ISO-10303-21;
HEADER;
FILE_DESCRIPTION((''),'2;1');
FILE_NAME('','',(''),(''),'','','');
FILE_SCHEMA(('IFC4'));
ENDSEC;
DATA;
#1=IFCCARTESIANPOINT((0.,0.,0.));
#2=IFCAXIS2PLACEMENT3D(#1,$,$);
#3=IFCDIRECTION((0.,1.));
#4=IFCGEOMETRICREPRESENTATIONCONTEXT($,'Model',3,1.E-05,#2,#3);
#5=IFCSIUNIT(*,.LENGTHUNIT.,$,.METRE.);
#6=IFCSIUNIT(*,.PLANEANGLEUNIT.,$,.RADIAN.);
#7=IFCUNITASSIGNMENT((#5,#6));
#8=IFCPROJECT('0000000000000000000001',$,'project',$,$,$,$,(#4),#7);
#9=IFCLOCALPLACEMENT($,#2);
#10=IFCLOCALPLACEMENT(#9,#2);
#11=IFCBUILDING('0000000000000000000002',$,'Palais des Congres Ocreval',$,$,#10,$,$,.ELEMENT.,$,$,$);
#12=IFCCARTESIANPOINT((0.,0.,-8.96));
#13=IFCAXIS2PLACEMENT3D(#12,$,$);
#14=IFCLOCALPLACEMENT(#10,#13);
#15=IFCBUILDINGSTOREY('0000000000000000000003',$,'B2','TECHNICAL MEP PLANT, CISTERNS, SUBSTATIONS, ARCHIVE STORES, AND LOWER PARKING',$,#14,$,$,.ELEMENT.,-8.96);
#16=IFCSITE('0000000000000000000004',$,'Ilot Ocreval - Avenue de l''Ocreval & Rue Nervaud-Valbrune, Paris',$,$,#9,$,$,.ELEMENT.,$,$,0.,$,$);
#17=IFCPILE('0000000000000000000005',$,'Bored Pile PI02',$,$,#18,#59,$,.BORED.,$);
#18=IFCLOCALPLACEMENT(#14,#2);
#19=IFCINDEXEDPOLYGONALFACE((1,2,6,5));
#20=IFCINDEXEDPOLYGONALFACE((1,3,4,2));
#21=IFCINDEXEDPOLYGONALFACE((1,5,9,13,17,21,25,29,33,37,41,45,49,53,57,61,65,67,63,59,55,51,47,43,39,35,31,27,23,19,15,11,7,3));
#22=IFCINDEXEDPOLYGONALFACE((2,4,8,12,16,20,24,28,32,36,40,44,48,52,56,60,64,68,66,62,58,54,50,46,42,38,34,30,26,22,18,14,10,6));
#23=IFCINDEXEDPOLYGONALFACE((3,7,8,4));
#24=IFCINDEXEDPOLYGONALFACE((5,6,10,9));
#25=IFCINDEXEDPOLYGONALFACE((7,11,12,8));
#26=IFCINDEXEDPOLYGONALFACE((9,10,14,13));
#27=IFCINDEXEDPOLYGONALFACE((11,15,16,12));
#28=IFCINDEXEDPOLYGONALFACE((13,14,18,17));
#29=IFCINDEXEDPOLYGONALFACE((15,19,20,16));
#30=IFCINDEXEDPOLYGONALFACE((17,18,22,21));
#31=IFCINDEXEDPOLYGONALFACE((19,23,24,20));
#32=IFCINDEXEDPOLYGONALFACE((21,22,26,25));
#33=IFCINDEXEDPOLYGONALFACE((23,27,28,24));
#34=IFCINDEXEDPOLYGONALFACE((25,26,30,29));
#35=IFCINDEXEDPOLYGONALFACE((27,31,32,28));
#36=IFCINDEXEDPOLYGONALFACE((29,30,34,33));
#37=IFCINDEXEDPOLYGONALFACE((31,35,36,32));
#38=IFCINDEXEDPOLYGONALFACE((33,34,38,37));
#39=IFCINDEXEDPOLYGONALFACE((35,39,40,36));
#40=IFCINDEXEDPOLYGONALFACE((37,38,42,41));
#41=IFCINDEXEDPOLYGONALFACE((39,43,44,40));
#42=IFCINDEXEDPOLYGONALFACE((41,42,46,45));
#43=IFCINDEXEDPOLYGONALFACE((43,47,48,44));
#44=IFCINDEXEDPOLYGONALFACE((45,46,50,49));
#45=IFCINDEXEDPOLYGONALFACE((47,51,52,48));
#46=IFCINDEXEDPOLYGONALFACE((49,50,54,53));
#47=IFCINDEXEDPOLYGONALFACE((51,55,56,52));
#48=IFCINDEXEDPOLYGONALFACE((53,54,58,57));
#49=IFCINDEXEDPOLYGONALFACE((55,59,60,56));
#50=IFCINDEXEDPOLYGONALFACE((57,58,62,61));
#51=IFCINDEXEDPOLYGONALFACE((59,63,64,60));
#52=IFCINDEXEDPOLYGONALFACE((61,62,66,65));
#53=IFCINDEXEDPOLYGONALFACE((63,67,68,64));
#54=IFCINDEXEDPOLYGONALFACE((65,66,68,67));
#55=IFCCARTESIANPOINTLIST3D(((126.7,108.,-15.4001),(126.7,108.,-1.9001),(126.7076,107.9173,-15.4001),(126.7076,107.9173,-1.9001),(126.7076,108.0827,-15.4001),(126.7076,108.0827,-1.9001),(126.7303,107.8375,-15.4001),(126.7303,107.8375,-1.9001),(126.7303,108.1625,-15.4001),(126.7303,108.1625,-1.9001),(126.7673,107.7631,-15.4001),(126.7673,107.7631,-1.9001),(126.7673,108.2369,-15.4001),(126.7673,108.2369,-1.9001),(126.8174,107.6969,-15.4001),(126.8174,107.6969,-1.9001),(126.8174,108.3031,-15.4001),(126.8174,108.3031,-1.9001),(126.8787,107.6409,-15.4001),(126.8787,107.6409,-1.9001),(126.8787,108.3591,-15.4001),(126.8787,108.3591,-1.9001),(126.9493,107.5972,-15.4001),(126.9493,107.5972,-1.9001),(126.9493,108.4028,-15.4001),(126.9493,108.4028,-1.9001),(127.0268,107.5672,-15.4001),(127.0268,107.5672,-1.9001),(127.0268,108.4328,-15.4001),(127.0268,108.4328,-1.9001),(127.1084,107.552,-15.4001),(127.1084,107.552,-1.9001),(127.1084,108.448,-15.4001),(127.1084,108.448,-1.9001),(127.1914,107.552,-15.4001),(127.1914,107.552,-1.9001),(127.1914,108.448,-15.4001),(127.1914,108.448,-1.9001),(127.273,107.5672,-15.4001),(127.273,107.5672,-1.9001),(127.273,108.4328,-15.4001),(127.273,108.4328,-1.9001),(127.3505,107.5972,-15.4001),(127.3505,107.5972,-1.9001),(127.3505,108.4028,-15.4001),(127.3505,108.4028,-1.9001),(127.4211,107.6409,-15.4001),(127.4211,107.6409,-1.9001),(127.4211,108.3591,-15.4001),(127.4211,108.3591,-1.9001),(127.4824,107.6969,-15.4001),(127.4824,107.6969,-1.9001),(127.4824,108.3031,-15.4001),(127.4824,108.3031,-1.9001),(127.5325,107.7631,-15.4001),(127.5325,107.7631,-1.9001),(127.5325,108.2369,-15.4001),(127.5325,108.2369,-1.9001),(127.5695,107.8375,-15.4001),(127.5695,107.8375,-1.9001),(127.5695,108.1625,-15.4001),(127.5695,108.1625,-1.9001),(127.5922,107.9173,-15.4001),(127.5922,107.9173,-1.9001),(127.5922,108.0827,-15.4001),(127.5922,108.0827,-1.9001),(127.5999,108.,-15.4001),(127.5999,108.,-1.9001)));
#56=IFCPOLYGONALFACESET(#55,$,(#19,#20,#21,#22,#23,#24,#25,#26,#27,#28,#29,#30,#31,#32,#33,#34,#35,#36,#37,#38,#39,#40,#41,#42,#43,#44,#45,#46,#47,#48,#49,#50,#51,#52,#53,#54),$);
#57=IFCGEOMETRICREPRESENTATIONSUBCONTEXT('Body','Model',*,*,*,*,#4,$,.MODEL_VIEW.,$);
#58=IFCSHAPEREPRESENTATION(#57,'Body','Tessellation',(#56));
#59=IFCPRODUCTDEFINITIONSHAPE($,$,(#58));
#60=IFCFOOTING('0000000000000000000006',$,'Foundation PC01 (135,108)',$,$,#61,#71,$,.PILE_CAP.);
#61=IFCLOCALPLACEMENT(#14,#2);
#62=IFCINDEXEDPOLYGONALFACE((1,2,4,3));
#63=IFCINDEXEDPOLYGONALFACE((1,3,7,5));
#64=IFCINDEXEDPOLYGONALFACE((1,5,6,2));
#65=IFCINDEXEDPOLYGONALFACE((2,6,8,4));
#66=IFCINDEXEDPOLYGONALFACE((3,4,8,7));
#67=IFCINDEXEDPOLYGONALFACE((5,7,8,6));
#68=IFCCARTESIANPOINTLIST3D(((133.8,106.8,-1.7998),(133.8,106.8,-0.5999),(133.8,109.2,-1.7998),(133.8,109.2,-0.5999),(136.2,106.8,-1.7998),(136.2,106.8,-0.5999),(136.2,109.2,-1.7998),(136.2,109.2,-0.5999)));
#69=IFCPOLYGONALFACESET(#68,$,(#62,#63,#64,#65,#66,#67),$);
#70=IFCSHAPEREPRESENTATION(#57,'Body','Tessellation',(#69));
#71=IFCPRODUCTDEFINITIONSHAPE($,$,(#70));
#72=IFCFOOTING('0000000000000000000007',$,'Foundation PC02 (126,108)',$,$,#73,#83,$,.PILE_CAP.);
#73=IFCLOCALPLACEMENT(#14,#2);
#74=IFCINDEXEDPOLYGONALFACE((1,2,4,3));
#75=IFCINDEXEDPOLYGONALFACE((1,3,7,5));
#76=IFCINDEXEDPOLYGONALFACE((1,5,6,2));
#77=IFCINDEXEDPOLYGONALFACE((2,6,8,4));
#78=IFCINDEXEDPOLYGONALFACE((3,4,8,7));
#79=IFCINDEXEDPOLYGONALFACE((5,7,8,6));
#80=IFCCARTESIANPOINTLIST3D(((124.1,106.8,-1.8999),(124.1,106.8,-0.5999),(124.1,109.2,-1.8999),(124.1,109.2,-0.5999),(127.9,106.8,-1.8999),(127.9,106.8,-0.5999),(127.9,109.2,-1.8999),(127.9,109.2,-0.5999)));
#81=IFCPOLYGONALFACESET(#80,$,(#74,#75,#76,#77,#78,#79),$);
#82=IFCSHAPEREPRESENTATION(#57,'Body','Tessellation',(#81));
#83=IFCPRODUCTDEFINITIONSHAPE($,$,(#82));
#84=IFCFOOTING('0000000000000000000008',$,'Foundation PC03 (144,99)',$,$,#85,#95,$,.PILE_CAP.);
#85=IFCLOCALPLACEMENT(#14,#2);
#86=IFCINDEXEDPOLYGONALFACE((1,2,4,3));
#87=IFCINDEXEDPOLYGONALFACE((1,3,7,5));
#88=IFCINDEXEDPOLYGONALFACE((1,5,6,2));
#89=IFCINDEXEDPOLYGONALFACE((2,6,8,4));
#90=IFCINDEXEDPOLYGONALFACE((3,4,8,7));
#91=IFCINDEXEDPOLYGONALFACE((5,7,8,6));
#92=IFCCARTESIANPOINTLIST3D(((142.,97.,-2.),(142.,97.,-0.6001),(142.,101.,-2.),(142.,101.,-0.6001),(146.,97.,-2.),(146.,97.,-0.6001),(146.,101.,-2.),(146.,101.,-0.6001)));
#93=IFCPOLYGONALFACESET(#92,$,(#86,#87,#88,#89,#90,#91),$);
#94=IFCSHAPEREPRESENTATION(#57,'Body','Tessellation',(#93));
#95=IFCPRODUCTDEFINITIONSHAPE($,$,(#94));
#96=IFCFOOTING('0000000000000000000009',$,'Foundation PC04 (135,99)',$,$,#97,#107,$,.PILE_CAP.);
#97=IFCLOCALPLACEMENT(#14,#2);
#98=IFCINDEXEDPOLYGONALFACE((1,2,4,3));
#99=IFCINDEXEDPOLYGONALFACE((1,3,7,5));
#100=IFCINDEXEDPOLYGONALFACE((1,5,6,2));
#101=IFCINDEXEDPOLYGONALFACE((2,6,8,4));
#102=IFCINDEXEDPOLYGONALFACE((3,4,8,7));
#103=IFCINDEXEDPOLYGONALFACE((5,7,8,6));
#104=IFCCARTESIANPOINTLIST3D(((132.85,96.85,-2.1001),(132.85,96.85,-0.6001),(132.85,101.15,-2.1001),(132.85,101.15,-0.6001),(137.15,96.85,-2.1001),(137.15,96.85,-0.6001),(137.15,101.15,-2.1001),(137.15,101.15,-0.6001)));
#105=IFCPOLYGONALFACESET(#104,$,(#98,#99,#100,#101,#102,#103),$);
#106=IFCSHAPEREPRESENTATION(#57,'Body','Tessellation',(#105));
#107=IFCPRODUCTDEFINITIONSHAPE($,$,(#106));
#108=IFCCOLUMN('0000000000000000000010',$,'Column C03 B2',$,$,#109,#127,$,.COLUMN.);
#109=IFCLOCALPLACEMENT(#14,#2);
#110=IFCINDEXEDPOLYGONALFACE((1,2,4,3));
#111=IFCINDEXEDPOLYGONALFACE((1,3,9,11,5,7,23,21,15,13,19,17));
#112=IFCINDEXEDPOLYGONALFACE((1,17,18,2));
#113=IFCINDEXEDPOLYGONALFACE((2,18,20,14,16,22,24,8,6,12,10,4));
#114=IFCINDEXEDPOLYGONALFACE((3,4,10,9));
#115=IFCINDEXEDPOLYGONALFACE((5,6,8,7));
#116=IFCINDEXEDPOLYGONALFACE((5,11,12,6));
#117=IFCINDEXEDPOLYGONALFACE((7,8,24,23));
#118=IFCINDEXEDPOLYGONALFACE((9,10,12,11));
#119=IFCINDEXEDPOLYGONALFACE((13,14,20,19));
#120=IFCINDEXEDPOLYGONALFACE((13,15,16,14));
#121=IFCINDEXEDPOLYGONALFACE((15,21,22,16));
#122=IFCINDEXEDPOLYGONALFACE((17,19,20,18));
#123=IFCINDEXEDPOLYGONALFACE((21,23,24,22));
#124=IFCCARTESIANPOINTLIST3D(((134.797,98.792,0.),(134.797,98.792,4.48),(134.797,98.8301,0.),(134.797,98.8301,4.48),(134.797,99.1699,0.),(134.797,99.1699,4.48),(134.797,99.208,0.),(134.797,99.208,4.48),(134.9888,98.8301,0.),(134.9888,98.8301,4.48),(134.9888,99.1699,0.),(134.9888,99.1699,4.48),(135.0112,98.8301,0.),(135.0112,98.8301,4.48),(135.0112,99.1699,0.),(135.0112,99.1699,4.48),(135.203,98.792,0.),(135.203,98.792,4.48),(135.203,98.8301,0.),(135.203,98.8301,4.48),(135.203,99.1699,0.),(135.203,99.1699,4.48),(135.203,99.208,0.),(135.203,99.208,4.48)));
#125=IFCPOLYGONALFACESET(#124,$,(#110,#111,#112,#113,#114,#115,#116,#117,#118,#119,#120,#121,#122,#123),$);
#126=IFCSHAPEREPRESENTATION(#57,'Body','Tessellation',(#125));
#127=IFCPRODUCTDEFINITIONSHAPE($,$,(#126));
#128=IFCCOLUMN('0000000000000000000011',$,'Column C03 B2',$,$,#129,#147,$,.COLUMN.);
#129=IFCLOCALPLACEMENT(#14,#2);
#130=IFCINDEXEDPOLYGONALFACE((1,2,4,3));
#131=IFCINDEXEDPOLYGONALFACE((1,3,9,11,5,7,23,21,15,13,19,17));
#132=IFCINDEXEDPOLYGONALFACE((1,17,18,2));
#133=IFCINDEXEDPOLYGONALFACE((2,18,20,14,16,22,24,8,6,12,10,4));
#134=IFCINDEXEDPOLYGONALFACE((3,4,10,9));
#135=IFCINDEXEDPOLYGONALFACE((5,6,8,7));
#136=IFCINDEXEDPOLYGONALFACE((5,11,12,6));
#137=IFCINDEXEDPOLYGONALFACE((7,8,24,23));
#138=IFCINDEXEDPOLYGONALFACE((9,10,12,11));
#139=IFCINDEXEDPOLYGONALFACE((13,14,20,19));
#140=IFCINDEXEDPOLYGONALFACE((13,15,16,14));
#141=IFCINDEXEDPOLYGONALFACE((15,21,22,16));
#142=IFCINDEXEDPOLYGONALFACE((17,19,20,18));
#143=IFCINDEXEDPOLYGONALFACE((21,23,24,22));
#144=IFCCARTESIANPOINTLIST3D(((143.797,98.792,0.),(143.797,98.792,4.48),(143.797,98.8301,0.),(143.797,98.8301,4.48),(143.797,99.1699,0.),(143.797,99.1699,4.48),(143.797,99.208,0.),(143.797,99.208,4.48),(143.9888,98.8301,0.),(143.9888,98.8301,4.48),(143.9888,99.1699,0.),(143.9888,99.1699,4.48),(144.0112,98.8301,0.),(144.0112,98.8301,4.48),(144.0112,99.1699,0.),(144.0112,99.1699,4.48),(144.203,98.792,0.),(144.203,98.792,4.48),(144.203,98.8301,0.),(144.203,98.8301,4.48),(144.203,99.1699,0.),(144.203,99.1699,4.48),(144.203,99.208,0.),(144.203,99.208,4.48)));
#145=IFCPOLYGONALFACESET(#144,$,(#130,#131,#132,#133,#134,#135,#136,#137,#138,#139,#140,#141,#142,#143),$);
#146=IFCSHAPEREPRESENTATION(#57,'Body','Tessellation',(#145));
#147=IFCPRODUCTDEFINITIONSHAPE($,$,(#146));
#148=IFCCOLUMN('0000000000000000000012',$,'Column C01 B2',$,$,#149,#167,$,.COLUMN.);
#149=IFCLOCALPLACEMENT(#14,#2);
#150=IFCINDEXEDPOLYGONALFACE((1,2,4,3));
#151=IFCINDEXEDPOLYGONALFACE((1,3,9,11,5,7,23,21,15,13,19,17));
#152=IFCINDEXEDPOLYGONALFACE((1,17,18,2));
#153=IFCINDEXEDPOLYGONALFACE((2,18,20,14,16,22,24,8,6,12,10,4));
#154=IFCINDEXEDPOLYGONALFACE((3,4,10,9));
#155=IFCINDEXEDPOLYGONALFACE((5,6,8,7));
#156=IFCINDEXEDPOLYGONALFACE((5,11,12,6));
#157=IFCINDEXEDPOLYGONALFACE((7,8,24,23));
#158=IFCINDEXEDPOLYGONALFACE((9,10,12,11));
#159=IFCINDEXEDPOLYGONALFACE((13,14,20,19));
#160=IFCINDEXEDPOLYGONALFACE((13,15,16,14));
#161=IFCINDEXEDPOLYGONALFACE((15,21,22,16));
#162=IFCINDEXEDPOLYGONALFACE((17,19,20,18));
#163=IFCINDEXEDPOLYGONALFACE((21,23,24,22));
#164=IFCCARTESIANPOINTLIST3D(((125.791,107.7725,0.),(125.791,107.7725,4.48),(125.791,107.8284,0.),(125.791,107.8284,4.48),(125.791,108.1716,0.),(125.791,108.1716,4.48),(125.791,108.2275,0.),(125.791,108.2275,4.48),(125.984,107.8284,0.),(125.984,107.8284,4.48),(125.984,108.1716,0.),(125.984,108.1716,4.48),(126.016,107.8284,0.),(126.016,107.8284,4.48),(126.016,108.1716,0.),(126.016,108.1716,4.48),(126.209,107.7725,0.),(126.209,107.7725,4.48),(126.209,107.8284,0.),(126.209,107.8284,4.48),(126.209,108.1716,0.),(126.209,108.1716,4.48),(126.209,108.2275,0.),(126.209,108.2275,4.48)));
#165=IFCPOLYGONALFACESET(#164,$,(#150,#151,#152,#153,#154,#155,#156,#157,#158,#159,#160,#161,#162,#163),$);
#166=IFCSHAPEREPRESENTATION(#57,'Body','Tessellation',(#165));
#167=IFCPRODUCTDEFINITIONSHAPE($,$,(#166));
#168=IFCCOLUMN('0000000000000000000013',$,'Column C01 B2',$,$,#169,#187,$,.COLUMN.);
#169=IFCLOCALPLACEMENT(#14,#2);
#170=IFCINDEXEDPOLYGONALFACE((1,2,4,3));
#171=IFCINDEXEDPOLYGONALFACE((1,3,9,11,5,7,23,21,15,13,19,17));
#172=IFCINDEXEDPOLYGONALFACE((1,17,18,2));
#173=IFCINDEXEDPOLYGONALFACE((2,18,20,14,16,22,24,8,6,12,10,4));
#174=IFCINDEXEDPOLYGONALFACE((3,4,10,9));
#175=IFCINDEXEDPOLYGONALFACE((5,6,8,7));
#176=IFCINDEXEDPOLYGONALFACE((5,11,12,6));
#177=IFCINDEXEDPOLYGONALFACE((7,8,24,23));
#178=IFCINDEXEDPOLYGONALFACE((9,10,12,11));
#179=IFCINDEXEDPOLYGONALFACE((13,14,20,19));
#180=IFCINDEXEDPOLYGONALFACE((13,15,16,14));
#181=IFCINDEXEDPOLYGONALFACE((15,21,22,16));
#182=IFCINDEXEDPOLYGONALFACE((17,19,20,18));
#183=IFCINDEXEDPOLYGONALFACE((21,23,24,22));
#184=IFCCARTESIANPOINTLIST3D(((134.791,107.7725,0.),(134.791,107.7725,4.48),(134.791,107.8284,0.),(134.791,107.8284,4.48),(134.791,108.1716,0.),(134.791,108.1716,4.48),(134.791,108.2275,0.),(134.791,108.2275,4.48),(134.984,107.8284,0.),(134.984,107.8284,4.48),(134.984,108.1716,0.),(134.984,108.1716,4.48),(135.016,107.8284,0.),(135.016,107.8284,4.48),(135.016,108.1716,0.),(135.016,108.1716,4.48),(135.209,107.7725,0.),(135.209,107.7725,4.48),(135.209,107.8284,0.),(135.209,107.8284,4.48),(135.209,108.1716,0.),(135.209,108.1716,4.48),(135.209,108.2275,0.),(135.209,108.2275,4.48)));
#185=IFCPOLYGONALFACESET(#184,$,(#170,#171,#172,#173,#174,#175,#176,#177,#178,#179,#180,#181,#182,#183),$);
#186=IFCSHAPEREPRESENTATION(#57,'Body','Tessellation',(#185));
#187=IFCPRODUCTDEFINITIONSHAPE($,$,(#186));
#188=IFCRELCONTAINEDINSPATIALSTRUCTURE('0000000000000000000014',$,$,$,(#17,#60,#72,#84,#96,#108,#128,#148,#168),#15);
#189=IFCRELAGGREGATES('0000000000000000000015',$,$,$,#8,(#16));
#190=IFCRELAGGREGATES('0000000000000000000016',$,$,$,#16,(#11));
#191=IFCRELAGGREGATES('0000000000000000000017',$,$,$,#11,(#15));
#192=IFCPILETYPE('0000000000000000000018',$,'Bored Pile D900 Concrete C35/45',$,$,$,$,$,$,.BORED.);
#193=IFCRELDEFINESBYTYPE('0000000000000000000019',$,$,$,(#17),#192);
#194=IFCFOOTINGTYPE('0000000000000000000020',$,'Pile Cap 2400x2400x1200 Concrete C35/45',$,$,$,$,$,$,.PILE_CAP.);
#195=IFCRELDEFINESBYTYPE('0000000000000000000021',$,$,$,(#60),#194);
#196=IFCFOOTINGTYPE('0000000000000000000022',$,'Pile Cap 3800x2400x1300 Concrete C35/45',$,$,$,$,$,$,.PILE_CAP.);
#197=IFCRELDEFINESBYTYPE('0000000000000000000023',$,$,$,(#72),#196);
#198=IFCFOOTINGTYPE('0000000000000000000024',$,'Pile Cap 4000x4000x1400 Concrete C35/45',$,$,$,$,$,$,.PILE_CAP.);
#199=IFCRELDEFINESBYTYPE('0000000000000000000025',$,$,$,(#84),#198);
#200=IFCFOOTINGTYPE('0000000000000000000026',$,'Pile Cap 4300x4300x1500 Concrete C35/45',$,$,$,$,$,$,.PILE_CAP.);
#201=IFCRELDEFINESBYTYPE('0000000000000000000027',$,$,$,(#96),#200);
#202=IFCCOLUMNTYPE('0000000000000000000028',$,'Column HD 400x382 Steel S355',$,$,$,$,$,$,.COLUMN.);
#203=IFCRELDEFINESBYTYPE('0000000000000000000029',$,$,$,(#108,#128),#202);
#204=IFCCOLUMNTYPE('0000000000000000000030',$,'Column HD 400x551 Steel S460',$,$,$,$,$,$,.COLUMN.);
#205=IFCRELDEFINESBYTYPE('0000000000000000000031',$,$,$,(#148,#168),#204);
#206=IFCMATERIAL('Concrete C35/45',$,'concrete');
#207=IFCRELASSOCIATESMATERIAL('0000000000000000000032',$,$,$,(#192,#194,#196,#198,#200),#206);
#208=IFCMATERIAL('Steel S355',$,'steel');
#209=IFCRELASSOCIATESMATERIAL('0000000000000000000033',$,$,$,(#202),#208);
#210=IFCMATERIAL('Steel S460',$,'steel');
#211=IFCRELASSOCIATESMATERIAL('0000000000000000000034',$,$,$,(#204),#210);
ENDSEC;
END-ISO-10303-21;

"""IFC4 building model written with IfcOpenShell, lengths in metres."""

from ifc_helpers import new_model, si_unit, direction, frame, origin, origin_2d, place, context, subcontext, project, spatial, rectangle, circle, i_section, extrude, material, material_profile, profile_set, type_object, element, save


model = new_model("IFC4")

# Units and contexts
model_context = context("Model", 3, precision=1e-05, world=origin(), true_north=direction((0.0, 1.0)))
body_context = subcontext(model_context, "Body", "Model", "MODEL_VIEW")
ifc_project = project(units=[si_unit("LENGTHUNIT", "METRE"), si_unit("PLANEANGLEUNIT", "RADIAN")], contexts=[model_context])

# Site, building, storey
site_placement = place(None, origin())
site = spatial("IfcSite", under=ifc_project, at=site_placement, Name="Ilot Ocreval - Avenue de l'Ocreval & Rue Nervaud-Valbrune, Paris", CompositionType="ELEMENT", RefElevation=0.0)
building_placement = place(site_placement, origin())
building = spatial("IfcBuilding", under=site, at=building_placement, Name="Palais des Congres Ocreval", CompositionType="ELEMENT")
storey_placement = place(building_placement, frame((0.0, 0.0, -8.96)))
storey = spatial("IfcBuildingStorey", under=building, at=storey_placement, Name="B2", Description="TECHNICAL MEP PLANT, CISTERNS, SUBSTATIONS, ARCHIVE STORES, AND LOWER PARKING", CompositionType="ELEMENT", Elevation=-8.96)

# Pile
ifc_material_1 = material(Name="Concrete C35/45", Category="concrete")
ifc_material_profile_1 = material_profile(ifc_material_1, circle(Radius=0.45, at=origin_2d()), Name="BORED PILE 900")
ifc_profile_set_1 = profile_set([ifc_material_profile_1], Name="Concrete C35/45")
pile_type_1 = type_object("IfcPileType", Name="Bored Pile D900 Concrete C35/45", PredefinedType="BORED", material=ifc_profile_set_1)
pile_1_placement = place(storey_placement, frame((127.1499, 108.0, -1.9001), z_axis=(0.0, 0.0, -1.0), x_axis=(1.0, 0.0, 0.0)))
element("IfcPile", 1, at=pile_1_placement, inside=storey, type_object=pile_type_1, Name="Bored Pile PI02", PredefinedType="BORED", context=body_context, shape_type="SweptSolid", body=[
    extrude(circle(Radius=0.45, at=origin_2d()), origin(), (0.0, 0.0, 1.0), 13.5),
])

# Footings
footing_type_1 = type_object("IfcFootingType", Name="Pile Cap 2400x2400x1200 Concrete C35/45", PredefinedType="PILE_CAP", material=ifc_material_1)
footing_1_placement = place(storey_placement, frame((135.0, 108.0, -1.7998), z_axis=(0.0, 0.0, 1.0), x_axis=(1.0, 0.0, 0.0)))
element("IfcFooting", 2, at=footing_1_placement, inside=storey, type_object=footing_type_1, Name="Foundation PC01 (135,108)", PredefinedType="PILE_CAP", context=body_context, shape_type="SweptSolid", body=[
    extrude(rectangle(XDim=2.3999, YDim=2.3999, at=origin_2d()), origin(), (0.0, 0.0, 1.0), 1.2),
])
footing_type_2 = type_object("IfcFootingType", Name="Pile Cap 3800x2400x1300 Concrete C35/45", PredefinedType="PILE_CAP", material=ifc_material_1)
footing_2_placement = place(storey_placement, frame((126.0, 108.0, -1.8999), z_axis=(0.0, 0.0, 1.0), x_axis=(1.0, 0.0, 0.0)))
element("IfcFooting", 3, at=footing_2_placement, inside=storey, type_object=footing_type_2, Name="Foundation PC02 (126,108)", PredefinedType="PILE_CAP", context=body_context, shape_type="SweptSolid", body=[
    extrude(rectangle(XDim=3.8, YDim=2.3999, at=origin_2d()), origin(), (0.0, 0.0, 1.0), 1.3),
])
footing_type_3 = type_object("IfcFootingType", Name="Pile Cap 4000x4000x1400 Concrete C35/45", PredefinedType="PILE_CAP", material=ifc_material_1)
footing_3_placement = place(storey_placement, frame((144.0, 99.0, -2.0), z_axis=(0.0, 0.0, 1.0), x_axis=(1.0, 0.0, 0.0)))
element("IfcFooting", 4, at=footing_3_placement, inside=storey, type_object=footing_type_3, Name="Foundation PC03 (144,99)", PredefinedType="PILE_CAP", context=body_context, shape_type="SweptSolid", body=[
    extrude(rectangle(XDim=4.0, YDim=4.0, at=origin_2d()), origin(), (0.0, 0.0, 1.0), 1.3999),
])
footing_type_4 = type_object("IfcFootingType", Name="Pile Cap 4300x4300x1500 Concrete C35/45", PredefinedType="PILE_CAP", material=ifc_material_1)
footing_4_placement = place(storey_placement, frame((135.0, 99.0, -2.1001), z_axis=(0.0, 0.0, 1.0), x_axis=(1.0, 0.0, 0.0)))
element("IfcFooting", 5, at=footing_4_placement, inside=storey, type_object=footing_type_4, Name="Foundation PC04 (135,99)", PredefinedType="PILE_CAP", context=body_context, shape_type="SweptSolid", body=[
    extrude(rectangle(XDim=4.3, YDim=4.3, at=origin_2d()), origin(), (0.0, 0.0, 1.0), 1.5),
])

# Columns
ifc_material_2 = material(Name="Steel S355", Category="steel")
ifc_material_profile_2 = material_profile(ifc_material_2, i_section(OverallWidth=0.406, OverallDepth=0.416, WebThickness=0.0225, FlangeThickness=0.0381, at=origin_2d()), Name="HD 400x382")
ifc_profile_set_2 = profile_set([ifc_material_profile_2], Name="Steel S355")
column_type_1 = type_object("IfcColumnType", Name="Column HD 400x382 Steel S355", PredefinedType="COLUMN", material=ifc_profile_set_2)
for number, where, z_axis, x_axis, name in (
    (6, (135.0, 99.0, 0.0), (0.0, 0.0, 1.0), (1.0, 0.0, 0.0), "Column C03 B2"),
    (7, (144.0, 99.0, 0.0), (0.0, 0.0, 1.0), (1.0, 0.0, 0.0), "Column C03 B2"),
):
    element("IfcColumn", number, at=place(storey_placement, frame(where, z_axis=z_axis, x_axis=x_axis)), inside=storey, type_object=column_type_1, Name=name, PredefinedType="COLUMN", context=body_context, shape_type="SweptSolid", body=[
        extrude(i_section(OverallWidth=0.406, OverallDepth=0.416, WebThickness=0.0225, FlangeThickness=0.0381, at=origin_2d()), origin(), (0.0, 0.0, 1.0), 4.48),
    ])
ifc_material_3 = material(Name="Steel S460", Category="steel")
ifc_material_profile_3 = material_profile(ifc_material_3, i_section(OverallWidth=0.418, OverallDepth=0.4551, WebThickness=0.032, FlangeThickness=0.0559, at=origin_2d()), Name="HD 400x551")
ifc_profile_set_3 = profile_set([ifc_material_profile_3], Name="Steel S460")
column_type_2 = type_object("IfcColumnType", Name="Column HD 400x551 Steel S460", PredefinedType="COLUMN", material=ifc_profile_set_3)
for number, where, z_axis, x_axis, name in (
    (8, (126.0, 108.0, 0.0), (0.0, 0.0, 1.0), (1.0, 0.0, 0.0), "Column C01 B2"),
    (9, (135.0, 108.0, 0.0), (0.0, 0.0, 1.0), (1.0, 0.0, 0.0), "Column C01 B2"),
):
    element("IfcColumn", number, at=place(storey_placement, frame(where, z_axis=z_axis, x_axis=x_axis)), inside=storey, type_object=column_type_2, Name=name, PredefinedType="COLUMN", context=body_context, shape_type="SweptSolid", body=[
        extrude(i_section(OverallWidth=0.418, OverallDepth=0.4551, WebThickness=0.032, FlangeThickness=0.0559, at=origin_2d()), origin(), (0.0, 0.0, 1.0), 4.48),
    ])

save(model, "model.ifc")
